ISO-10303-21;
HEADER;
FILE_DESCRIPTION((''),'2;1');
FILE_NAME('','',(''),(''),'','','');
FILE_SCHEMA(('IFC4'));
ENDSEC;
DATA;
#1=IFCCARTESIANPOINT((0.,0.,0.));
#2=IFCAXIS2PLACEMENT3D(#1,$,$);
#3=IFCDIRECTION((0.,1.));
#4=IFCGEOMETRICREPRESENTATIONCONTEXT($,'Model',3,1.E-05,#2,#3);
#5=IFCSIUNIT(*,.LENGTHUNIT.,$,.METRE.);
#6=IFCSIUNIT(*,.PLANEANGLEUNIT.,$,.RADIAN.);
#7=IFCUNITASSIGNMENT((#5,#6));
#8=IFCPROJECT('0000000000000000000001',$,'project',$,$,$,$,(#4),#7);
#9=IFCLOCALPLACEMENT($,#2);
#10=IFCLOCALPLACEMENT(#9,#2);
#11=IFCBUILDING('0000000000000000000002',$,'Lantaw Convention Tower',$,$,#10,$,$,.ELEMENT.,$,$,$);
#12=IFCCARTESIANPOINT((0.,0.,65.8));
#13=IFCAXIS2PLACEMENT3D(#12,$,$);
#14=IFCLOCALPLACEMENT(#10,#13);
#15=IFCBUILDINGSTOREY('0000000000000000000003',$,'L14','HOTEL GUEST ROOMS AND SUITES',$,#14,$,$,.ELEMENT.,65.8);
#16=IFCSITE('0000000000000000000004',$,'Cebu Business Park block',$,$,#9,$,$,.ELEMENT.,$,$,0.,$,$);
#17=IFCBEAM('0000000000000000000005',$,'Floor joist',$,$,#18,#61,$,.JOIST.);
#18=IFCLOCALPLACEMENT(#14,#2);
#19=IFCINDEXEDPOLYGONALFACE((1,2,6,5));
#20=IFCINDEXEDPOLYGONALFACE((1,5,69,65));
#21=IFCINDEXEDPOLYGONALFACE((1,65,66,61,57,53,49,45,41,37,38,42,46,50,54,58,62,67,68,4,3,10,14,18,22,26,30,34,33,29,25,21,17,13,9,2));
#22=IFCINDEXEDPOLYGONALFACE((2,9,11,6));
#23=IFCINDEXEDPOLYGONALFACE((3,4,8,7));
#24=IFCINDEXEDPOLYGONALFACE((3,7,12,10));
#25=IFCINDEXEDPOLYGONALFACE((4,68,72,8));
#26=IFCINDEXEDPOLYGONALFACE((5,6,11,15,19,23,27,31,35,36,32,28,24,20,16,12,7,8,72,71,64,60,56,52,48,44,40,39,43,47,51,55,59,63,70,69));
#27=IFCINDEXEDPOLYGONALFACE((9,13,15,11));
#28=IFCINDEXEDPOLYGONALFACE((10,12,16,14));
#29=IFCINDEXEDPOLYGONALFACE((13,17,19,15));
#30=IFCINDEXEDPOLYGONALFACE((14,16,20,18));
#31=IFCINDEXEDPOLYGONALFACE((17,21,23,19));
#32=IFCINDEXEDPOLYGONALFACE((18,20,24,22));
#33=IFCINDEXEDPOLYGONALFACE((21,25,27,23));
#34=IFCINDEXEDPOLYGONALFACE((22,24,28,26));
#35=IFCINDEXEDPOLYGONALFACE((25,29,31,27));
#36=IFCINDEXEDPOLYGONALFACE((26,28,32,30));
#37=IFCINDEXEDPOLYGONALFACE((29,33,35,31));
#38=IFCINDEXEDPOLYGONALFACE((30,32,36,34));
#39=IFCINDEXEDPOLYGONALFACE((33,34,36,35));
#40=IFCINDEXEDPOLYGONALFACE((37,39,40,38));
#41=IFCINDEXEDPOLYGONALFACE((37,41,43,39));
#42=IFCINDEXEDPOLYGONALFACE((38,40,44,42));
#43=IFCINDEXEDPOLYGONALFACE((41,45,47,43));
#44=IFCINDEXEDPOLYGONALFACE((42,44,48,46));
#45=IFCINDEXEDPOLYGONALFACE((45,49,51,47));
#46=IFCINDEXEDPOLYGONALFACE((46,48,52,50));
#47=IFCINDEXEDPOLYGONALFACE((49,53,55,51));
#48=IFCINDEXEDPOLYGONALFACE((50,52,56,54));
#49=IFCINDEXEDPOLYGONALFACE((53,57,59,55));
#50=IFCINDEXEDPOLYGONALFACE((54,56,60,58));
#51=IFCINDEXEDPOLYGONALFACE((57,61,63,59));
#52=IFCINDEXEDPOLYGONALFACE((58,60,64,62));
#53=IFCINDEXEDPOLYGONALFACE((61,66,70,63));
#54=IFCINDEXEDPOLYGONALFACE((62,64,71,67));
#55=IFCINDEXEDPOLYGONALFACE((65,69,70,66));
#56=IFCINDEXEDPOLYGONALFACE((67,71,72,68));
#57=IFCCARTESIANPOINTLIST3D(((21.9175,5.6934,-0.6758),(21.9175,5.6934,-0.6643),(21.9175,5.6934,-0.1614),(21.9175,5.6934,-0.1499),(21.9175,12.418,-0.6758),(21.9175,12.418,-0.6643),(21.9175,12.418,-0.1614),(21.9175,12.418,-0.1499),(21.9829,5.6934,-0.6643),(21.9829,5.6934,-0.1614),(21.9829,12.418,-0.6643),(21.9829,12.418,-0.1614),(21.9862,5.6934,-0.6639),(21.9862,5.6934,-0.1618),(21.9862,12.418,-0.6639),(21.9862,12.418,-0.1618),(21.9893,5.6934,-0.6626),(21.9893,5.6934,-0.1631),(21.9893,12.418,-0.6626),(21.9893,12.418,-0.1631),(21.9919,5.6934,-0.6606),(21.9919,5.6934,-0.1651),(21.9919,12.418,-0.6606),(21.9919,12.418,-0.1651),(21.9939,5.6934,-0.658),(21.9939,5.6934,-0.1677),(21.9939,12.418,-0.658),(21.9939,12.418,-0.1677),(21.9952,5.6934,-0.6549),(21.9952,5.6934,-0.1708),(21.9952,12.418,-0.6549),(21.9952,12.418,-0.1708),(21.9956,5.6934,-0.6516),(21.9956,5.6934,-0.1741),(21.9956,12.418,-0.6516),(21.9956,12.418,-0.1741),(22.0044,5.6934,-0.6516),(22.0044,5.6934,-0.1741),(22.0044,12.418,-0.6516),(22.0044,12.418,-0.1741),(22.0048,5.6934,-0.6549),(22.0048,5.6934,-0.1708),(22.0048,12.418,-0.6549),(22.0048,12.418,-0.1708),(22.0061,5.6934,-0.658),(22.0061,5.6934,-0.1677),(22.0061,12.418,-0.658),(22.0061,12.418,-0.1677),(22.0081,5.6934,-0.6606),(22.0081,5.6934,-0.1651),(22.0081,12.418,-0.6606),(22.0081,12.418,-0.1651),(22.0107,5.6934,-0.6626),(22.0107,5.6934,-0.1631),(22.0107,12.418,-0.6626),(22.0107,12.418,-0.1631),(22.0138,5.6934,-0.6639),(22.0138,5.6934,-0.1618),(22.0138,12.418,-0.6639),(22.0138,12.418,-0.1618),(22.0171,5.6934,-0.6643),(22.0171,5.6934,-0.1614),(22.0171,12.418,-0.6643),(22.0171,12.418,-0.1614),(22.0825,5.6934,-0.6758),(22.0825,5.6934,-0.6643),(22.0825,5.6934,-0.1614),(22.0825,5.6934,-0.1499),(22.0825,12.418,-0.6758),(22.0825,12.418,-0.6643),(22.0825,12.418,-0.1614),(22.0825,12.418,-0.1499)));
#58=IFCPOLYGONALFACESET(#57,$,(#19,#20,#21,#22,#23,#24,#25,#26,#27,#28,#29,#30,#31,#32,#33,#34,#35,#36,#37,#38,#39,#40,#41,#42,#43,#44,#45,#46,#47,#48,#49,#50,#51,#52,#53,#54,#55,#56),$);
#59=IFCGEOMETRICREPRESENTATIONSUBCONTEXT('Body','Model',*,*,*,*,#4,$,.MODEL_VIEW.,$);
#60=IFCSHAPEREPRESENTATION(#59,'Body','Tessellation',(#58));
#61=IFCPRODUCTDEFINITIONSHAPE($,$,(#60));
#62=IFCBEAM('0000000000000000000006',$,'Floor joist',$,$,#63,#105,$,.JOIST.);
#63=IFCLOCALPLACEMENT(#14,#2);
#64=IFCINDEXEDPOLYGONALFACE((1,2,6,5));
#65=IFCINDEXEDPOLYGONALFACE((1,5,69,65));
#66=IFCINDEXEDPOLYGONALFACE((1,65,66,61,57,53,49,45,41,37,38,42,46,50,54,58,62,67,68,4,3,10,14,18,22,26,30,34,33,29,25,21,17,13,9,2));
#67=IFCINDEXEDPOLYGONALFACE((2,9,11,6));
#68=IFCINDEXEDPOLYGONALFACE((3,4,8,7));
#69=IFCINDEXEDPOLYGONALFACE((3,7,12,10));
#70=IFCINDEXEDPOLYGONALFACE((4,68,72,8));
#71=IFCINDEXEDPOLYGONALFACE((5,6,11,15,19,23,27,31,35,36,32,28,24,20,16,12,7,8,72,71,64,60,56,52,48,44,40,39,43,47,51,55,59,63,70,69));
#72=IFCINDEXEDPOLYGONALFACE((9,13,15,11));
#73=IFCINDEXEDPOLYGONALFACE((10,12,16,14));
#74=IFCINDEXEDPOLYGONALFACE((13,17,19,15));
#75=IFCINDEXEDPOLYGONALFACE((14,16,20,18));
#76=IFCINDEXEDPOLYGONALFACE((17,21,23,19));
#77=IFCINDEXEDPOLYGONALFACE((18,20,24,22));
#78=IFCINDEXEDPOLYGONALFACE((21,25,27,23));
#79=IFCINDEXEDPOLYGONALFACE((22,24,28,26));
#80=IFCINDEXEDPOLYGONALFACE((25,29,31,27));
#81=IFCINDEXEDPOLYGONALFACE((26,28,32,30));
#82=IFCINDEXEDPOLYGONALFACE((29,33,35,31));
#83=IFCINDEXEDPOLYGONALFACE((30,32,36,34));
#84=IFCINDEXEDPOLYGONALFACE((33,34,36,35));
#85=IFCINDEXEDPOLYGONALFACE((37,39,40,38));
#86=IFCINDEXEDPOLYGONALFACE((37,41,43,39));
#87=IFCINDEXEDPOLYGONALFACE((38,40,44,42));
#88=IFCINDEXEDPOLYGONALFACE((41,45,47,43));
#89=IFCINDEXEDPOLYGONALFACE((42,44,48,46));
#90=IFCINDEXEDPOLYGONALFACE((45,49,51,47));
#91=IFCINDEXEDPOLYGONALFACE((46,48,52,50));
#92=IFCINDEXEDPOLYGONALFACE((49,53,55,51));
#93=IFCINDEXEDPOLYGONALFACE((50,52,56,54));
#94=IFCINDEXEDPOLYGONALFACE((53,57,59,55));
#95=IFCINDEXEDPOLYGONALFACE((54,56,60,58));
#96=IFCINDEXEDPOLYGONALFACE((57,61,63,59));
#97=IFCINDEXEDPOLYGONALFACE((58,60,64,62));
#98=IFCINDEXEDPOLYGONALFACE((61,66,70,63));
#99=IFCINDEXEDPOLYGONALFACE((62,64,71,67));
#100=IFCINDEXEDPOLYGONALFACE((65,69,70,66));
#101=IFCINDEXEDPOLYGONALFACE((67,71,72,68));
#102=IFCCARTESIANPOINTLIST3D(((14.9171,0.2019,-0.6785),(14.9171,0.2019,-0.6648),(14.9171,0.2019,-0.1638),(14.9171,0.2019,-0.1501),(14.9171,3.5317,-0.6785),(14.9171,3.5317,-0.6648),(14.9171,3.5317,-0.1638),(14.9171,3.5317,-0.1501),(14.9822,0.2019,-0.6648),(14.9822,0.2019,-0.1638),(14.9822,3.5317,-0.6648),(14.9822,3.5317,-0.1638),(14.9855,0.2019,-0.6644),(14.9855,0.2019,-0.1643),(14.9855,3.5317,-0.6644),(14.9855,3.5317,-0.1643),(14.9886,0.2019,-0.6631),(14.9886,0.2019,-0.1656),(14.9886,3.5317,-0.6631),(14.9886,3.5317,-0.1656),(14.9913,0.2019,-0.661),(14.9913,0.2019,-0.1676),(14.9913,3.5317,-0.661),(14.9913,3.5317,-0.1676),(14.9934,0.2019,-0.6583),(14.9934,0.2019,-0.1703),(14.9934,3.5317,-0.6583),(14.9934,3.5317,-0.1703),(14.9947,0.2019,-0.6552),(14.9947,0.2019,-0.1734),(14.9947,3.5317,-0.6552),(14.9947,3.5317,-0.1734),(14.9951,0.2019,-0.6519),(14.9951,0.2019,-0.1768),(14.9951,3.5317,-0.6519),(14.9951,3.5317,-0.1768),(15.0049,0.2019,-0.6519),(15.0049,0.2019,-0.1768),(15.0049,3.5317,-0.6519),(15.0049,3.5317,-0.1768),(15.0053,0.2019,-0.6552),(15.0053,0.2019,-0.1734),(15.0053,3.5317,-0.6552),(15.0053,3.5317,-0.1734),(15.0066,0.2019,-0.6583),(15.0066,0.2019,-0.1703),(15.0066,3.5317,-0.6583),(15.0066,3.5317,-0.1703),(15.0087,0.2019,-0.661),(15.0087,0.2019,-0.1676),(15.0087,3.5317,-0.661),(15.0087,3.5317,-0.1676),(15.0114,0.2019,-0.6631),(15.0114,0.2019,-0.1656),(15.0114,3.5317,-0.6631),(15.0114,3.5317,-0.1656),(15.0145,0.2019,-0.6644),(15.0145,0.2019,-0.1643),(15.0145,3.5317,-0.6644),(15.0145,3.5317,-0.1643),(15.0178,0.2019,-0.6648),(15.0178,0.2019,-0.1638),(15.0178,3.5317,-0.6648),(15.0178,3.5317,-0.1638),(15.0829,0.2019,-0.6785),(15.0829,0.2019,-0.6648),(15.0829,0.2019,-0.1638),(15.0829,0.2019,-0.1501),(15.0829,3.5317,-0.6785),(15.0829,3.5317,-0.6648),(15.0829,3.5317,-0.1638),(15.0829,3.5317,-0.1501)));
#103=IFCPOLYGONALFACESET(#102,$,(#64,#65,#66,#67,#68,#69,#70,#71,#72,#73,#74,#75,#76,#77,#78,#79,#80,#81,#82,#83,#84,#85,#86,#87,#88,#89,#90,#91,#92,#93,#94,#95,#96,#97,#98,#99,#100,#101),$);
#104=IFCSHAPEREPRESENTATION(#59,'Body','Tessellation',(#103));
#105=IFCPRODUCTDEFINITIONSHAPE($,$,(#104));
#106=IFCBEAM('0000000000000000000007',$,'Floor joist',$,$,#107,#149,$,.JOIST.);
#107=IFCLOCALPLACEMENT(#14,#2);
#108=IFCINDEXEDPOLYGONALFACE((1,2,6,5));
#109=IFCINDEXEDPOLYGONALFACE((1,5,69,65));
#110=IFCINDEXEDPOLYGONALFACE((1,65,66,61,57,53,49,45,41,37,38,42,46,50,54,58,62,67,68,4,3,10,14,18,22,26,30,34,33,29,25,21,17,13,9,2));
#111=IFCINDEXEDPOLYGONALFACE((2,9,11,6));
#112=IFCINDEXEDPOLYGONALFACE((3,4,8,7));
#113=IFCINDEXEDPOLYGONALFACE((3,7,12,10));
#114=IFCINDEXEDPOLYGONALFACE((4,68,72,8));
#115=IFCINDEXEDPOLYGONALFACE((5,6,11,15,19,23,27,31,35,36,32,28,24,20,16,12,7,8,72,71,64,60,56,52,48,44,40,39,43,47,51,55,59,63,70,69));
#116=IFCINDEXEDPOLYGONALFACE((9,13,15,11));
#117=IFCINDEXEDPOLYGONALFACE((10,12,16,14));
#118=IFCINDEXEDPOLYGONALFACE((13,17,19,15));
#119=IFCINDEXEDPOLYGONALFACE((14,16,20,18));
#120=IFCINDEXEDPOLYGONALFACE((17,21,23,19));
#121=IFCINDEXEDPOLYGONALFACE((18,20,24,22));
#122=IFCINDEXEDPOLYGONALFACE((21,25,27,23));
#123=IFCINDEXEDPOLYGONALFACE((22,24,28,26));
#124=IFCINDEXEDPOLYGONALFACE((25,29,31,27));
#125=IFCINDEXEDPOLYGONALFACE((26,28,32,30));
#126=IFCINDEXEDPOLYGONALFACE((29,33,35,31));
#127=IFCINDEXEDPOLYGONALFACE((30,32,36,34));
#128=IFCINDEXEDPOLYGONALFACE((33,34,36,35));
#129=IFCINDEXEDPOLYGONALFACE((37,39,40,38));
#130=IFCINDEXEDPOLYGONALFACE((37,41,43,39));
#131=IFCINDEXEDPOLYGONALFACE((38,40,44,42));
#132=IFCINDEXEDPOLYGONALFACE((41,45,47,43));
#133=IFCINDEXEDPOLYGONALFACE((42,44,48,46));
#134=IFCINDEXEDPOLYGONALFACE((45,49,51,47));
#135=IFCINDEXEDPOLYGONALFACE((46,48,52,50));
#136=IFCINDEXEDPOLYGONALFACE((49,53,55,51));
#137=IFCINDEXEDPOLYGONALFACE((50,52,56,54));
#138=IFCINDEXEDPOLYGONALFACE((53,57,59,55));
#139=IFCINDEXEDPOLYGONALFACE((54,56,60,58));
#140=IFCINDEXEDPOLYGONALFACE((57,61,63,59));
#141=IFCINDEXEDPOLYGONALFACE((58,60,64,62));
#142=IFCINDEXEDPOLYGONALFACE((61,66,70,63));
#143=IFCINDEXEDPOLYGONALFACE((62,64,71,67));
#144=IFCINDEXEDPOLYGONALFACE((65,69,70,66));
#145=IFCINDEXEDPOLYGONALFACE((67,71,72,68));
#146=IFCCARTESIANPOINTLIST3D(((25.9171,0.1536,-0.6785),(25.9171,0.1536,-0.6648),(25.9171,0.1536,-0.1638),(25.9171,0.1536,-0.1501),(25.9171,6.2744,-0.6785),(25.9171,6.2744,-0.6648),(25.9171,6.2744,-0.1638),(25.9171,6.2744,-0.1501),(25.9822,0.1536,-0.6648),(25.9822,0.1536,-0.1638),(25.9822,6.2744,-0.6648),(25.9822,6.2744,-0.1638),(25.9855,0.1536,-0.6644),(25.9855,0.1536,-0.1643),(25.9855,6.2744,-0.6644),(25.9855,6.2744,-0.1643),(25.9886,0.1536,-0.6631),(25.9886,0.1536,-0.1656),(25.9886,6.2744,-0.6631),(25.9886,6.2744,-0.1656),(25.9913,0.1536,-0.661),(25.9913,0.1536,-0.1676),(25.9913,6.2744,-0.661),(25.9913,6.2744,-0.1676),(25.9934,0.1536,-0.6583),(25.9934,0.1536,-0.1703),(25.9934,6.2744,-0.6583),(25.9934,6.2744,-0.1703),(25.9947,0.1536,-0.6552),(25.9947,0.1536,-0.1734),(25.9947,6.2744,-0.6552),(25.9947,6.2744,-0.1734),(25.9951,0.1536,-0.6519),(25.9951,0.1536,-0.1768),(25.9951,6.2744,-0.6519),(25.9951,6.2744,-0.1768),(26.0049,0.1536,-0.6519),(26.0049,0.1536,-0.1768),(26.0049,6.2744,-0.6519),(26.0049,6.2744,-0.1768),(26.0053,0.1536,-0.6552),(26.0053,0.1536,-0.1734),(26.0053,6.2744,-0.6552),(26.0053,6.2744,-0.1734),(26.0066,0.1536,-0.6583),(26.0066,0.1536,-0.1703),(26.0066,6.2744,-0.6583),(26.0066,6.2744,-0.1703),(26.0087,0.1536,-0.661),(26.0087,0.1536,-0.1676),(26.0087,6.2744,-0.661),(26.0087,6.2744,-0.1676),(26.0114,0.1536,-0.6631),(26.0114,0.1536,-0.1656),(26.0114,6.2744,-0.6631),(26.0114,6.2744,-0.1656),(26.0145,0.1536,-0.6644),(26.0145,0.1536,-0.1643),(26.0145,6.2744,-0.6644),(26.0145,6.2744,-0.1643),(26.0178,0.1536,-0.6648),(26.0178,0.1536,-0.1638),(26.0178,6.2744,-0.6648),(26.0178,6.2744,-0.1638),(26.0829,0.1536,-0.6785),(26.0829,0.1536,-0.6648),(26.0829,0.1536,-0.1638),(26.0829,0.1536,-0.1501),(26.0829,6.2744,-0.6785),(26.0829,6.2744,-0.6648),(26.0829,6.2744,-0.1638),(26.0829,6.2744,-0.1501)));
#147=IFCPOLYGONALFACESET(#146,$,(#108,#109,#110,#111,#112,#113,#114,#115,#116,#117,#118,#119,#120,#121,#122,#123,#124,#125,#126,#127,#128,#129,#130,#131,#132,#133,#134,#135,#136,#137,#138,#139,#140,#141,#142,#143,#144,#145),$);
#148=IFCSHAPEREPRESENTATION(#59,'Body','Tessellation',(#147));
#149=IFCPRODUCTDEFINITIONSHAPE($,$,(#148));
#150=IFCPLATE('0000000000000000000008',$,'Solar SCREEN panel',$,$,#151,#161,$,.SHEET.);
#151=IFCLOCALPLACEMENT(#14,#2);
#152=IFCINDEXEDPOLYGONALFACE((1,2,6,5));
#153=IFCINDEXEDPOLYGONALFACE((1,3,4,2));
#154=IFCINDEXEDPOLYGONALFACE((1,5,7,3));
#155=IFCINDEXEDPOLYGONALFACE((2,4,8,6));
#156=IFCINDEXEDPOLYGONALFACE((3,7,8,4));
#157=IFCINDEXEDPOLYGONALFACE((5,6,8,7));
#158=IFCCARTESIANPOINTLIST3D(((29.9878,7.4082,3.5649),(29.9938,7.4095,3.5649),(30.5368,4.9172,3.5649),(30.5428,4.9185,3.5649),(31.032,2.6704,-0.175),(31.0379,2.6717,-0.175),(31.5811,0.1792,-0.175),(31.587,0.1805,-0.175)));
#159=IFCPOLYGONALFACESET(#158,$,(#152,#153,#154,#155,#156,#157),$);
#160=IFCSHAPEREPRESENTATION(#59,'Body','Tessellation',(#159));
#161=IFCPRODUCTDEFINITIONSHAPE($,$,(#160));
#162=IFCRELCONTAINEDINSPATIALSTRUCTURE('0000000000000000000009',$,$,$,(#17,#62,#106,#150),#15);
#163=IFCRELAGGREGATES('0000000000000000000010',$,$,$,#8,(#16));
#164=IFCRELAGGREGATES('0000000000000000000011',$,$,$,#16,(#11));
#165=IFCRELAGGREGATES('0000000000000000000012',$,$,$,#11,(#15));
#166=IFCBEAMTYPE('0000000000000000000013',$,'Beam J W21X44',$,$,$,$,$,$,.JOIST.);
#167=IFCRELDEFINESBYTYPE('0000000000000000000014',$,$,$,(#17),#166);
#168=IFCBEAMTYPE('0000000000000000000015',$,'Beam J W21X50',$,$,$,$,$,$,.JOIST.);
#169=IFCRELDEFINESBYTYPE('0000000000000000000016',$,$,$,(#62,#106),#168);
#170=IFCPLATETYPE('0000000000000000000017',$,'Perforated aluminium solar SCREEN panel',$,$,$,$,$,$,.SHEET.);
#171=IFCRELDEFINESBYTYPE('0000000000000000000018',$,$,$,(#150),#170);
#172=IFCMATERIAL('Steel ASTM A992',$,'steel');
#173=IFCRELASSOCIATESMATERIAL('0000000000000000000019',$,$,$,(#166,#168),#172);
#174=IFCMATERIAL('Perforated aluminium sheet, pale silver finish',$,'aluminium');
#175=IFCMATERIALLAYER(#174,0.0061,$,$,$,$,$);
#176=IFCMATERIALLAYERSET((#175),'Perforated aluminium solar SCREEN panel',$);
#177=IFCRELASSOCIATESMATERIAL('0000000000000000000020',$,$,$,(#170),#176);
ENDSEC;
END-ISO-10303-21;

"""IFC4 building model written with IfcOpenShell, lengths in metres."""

from ifc_helpers import new_model, si_unit, direction, frame, origin, origin_2d, place, context, subcontext, project, spatial, polyline, i_section, outline, extrude, material, layer, layer_set, material_profile, profile_set, type_object, element, save


model = new_model("IFC4")

# Units and contexts
model_context = context("Model", 3, precision=1e-05, world=origin(), true_north=direction((0.0, 1.0)))
body_context = subcontext(model_context, "Body", "Model", "MODEL_VIEW")
ifc_project = project(units=[si_unit("LENGTHUNIT", "METRE"), si_unit("PLANEANGLEUNIT", "RADIAN")], contexts=[model_context])

# Site, building, storey
site_placement = place(None, origin())
site = spatial("IfcSite", under=ifc_project, at=site_placement, Name="Cebu Business Park block", CompositionType="ELEMENT", RefElevation=0.0)
building_placement = place(site_placement, origin())
building = spatial("IfcBuilding", under=site, at=building_placement, Name="Lantaw Convention Tower", CompositionType="ELEMENT")
storey_placement = place(building_placement, frame((0.0, 0.0, 65.8)))
storey = spatial("IfcBuildingStorey", under=building, at=storey_placement, Name="L14", Description="HOTEL GUEST ROOMS AND SUITES", CompositionType="ELEMENT", Elevation=65.8)

# Beams
ifc_material_1 = material(Name="Steel ASTM A992", Category="steel")
ifc_material_profile_1 = material_profile(ifc_material_1, i_section(OverallWidth=0.165, OverallDepth=0.5259, WebThickness=0.0088, FlangeThickness=0.0115, FilletRadius=0.0127, at=origin_2d()), Name="W21X44")
ifc_profile_set_1 = profile_set([ifc_material_profile_1], Name="Steel ASTM A992")
beam_type_1 = type_object("IfcBeamType", Name="Beam J W21X44", PredefinedType="JOIST", material=ifc_profile_set_1)
beam_1_placement = place(storey_placement, frame((22.0, 5.6934, -0.4128), z_axis=(0.0, 1.0, 0.0), x_axis=(-1.0, 0.0, 0.0)))
element("IfcBeam", 1, at=beam_1_placement, inside=storey, type_object=beam_type_1, Name="Floor joist", PredefinedType="JOIST", context=body_context, shape_type="SweptSolid", body=[
    extrude(i_section(OverallWidth=0.165, OverallDepth=0.5259, WebThickness=0.0088, FlangeThickness=0.0115, FilletRadius=0.0127, at=origin_2d()), origin(), (0.0, 0.0, 1.0), 6.7246),
])
ifc_material_profile_2 = material_profile(ifc_material_1, i_section(OverallWidth=0.1658, OverallDepth=0.5283, WebThickness=0.0098, FlangeThickness=0.0137, FilletRadius=0.0129, at=origin_2d()), Name="W21X50")
ifc_profile_set_2 = profile_set([ifc_material_profile_2], Name="Steel ASTM A992")
beam_type_2 = type_object("IfcBeamType", Name="Beam J W21X50", PredefinedType="JOIST", material=ifc_profile_set_2)
beam_2_placement = place(storey_placement, frame((15.0, 0.2019, -0.4143), z_axis=(0.0, 1.0, 0.0), x_axis=(-1.0, 0.0, 0.0)))
element("IfcBeam", 2, at=beam_2_placement, inside=storey, type_object=beam_type_2, Name="Floor joist", PredefinedType="JOIST", context=body_context, shape_type="SweptSolid", body=[
    extrude(i_section(OverallWidth=0.1658, OverallDepth=0.5283, WebThickness=0.0098, FlangeThickness=0.0137, FilletRadius=0.0129, at=origin_2d()), origin(), (0.0, 0.0, 1.0), 3.3298),
])
beam_3_placement = place(storey_placement, frame((26.0, 0.1536, -0.4143), z_axis=(0.0, 1.0, 0.0), x_axis=(-1.0, 0.0, 0.0)))
element("IfcBeam", 3, at=beam_3_placement, inside=storey, type_object=beam_type_2, Name="Floor joist", PredefinedType="JOIST", context=body_context, shape_type="SweptSolid", body=[
    extrude(i_section(OverallWidth=0.1658, OverallDepth=0.5283, WebThickness=0.0098, FlangeThickness=0.0137, FilletRadius=0.0129, at=origin_2d()), origin(), (0.0, 0.0, 1.0), 6.1208),
])

# Plate
ifc_material_2 = material(Name="Perforated aluminium sheet, pale silver finish", Category="aluminium")
ifc_layer_1 = layer(ifc_material_2, 0.0061)
ifc_layer_set_1 = layer_set([ifc_layer_1], Name="Perforated aluminium solar SCREEN panel")
plate_type = type_object("IfcPlateType", Name="Perforated aluminium solar SCREEN panel", PredefinedType="SHEET", material=ifc_layer_set_1)
plate_placement = place(storey_placement, frame((31.5811, 0.1792, -0.175), z_axis=(-0.976559, -0.215248, 0.00003), x_axis=(-0.215248, 0.976559, 0.0)))
element("IfcPlate", 4, at=plate_placement, inside=storey, type_object=plate_type, Name="Solar SCREEN panel", PredefinedType="SHEET", context=body_context, shape_type="SweptSolid", body=[
    extrude(outline(polyline([(0.0, 0.0), (2.551, 0.0), (7.4025, -3.74), (4.8517, -3.74), (0.0, 0.0)])), origin(), (0.0, 0.0, -1.0), 0.0061),
])

save(model, "model.ifc")
